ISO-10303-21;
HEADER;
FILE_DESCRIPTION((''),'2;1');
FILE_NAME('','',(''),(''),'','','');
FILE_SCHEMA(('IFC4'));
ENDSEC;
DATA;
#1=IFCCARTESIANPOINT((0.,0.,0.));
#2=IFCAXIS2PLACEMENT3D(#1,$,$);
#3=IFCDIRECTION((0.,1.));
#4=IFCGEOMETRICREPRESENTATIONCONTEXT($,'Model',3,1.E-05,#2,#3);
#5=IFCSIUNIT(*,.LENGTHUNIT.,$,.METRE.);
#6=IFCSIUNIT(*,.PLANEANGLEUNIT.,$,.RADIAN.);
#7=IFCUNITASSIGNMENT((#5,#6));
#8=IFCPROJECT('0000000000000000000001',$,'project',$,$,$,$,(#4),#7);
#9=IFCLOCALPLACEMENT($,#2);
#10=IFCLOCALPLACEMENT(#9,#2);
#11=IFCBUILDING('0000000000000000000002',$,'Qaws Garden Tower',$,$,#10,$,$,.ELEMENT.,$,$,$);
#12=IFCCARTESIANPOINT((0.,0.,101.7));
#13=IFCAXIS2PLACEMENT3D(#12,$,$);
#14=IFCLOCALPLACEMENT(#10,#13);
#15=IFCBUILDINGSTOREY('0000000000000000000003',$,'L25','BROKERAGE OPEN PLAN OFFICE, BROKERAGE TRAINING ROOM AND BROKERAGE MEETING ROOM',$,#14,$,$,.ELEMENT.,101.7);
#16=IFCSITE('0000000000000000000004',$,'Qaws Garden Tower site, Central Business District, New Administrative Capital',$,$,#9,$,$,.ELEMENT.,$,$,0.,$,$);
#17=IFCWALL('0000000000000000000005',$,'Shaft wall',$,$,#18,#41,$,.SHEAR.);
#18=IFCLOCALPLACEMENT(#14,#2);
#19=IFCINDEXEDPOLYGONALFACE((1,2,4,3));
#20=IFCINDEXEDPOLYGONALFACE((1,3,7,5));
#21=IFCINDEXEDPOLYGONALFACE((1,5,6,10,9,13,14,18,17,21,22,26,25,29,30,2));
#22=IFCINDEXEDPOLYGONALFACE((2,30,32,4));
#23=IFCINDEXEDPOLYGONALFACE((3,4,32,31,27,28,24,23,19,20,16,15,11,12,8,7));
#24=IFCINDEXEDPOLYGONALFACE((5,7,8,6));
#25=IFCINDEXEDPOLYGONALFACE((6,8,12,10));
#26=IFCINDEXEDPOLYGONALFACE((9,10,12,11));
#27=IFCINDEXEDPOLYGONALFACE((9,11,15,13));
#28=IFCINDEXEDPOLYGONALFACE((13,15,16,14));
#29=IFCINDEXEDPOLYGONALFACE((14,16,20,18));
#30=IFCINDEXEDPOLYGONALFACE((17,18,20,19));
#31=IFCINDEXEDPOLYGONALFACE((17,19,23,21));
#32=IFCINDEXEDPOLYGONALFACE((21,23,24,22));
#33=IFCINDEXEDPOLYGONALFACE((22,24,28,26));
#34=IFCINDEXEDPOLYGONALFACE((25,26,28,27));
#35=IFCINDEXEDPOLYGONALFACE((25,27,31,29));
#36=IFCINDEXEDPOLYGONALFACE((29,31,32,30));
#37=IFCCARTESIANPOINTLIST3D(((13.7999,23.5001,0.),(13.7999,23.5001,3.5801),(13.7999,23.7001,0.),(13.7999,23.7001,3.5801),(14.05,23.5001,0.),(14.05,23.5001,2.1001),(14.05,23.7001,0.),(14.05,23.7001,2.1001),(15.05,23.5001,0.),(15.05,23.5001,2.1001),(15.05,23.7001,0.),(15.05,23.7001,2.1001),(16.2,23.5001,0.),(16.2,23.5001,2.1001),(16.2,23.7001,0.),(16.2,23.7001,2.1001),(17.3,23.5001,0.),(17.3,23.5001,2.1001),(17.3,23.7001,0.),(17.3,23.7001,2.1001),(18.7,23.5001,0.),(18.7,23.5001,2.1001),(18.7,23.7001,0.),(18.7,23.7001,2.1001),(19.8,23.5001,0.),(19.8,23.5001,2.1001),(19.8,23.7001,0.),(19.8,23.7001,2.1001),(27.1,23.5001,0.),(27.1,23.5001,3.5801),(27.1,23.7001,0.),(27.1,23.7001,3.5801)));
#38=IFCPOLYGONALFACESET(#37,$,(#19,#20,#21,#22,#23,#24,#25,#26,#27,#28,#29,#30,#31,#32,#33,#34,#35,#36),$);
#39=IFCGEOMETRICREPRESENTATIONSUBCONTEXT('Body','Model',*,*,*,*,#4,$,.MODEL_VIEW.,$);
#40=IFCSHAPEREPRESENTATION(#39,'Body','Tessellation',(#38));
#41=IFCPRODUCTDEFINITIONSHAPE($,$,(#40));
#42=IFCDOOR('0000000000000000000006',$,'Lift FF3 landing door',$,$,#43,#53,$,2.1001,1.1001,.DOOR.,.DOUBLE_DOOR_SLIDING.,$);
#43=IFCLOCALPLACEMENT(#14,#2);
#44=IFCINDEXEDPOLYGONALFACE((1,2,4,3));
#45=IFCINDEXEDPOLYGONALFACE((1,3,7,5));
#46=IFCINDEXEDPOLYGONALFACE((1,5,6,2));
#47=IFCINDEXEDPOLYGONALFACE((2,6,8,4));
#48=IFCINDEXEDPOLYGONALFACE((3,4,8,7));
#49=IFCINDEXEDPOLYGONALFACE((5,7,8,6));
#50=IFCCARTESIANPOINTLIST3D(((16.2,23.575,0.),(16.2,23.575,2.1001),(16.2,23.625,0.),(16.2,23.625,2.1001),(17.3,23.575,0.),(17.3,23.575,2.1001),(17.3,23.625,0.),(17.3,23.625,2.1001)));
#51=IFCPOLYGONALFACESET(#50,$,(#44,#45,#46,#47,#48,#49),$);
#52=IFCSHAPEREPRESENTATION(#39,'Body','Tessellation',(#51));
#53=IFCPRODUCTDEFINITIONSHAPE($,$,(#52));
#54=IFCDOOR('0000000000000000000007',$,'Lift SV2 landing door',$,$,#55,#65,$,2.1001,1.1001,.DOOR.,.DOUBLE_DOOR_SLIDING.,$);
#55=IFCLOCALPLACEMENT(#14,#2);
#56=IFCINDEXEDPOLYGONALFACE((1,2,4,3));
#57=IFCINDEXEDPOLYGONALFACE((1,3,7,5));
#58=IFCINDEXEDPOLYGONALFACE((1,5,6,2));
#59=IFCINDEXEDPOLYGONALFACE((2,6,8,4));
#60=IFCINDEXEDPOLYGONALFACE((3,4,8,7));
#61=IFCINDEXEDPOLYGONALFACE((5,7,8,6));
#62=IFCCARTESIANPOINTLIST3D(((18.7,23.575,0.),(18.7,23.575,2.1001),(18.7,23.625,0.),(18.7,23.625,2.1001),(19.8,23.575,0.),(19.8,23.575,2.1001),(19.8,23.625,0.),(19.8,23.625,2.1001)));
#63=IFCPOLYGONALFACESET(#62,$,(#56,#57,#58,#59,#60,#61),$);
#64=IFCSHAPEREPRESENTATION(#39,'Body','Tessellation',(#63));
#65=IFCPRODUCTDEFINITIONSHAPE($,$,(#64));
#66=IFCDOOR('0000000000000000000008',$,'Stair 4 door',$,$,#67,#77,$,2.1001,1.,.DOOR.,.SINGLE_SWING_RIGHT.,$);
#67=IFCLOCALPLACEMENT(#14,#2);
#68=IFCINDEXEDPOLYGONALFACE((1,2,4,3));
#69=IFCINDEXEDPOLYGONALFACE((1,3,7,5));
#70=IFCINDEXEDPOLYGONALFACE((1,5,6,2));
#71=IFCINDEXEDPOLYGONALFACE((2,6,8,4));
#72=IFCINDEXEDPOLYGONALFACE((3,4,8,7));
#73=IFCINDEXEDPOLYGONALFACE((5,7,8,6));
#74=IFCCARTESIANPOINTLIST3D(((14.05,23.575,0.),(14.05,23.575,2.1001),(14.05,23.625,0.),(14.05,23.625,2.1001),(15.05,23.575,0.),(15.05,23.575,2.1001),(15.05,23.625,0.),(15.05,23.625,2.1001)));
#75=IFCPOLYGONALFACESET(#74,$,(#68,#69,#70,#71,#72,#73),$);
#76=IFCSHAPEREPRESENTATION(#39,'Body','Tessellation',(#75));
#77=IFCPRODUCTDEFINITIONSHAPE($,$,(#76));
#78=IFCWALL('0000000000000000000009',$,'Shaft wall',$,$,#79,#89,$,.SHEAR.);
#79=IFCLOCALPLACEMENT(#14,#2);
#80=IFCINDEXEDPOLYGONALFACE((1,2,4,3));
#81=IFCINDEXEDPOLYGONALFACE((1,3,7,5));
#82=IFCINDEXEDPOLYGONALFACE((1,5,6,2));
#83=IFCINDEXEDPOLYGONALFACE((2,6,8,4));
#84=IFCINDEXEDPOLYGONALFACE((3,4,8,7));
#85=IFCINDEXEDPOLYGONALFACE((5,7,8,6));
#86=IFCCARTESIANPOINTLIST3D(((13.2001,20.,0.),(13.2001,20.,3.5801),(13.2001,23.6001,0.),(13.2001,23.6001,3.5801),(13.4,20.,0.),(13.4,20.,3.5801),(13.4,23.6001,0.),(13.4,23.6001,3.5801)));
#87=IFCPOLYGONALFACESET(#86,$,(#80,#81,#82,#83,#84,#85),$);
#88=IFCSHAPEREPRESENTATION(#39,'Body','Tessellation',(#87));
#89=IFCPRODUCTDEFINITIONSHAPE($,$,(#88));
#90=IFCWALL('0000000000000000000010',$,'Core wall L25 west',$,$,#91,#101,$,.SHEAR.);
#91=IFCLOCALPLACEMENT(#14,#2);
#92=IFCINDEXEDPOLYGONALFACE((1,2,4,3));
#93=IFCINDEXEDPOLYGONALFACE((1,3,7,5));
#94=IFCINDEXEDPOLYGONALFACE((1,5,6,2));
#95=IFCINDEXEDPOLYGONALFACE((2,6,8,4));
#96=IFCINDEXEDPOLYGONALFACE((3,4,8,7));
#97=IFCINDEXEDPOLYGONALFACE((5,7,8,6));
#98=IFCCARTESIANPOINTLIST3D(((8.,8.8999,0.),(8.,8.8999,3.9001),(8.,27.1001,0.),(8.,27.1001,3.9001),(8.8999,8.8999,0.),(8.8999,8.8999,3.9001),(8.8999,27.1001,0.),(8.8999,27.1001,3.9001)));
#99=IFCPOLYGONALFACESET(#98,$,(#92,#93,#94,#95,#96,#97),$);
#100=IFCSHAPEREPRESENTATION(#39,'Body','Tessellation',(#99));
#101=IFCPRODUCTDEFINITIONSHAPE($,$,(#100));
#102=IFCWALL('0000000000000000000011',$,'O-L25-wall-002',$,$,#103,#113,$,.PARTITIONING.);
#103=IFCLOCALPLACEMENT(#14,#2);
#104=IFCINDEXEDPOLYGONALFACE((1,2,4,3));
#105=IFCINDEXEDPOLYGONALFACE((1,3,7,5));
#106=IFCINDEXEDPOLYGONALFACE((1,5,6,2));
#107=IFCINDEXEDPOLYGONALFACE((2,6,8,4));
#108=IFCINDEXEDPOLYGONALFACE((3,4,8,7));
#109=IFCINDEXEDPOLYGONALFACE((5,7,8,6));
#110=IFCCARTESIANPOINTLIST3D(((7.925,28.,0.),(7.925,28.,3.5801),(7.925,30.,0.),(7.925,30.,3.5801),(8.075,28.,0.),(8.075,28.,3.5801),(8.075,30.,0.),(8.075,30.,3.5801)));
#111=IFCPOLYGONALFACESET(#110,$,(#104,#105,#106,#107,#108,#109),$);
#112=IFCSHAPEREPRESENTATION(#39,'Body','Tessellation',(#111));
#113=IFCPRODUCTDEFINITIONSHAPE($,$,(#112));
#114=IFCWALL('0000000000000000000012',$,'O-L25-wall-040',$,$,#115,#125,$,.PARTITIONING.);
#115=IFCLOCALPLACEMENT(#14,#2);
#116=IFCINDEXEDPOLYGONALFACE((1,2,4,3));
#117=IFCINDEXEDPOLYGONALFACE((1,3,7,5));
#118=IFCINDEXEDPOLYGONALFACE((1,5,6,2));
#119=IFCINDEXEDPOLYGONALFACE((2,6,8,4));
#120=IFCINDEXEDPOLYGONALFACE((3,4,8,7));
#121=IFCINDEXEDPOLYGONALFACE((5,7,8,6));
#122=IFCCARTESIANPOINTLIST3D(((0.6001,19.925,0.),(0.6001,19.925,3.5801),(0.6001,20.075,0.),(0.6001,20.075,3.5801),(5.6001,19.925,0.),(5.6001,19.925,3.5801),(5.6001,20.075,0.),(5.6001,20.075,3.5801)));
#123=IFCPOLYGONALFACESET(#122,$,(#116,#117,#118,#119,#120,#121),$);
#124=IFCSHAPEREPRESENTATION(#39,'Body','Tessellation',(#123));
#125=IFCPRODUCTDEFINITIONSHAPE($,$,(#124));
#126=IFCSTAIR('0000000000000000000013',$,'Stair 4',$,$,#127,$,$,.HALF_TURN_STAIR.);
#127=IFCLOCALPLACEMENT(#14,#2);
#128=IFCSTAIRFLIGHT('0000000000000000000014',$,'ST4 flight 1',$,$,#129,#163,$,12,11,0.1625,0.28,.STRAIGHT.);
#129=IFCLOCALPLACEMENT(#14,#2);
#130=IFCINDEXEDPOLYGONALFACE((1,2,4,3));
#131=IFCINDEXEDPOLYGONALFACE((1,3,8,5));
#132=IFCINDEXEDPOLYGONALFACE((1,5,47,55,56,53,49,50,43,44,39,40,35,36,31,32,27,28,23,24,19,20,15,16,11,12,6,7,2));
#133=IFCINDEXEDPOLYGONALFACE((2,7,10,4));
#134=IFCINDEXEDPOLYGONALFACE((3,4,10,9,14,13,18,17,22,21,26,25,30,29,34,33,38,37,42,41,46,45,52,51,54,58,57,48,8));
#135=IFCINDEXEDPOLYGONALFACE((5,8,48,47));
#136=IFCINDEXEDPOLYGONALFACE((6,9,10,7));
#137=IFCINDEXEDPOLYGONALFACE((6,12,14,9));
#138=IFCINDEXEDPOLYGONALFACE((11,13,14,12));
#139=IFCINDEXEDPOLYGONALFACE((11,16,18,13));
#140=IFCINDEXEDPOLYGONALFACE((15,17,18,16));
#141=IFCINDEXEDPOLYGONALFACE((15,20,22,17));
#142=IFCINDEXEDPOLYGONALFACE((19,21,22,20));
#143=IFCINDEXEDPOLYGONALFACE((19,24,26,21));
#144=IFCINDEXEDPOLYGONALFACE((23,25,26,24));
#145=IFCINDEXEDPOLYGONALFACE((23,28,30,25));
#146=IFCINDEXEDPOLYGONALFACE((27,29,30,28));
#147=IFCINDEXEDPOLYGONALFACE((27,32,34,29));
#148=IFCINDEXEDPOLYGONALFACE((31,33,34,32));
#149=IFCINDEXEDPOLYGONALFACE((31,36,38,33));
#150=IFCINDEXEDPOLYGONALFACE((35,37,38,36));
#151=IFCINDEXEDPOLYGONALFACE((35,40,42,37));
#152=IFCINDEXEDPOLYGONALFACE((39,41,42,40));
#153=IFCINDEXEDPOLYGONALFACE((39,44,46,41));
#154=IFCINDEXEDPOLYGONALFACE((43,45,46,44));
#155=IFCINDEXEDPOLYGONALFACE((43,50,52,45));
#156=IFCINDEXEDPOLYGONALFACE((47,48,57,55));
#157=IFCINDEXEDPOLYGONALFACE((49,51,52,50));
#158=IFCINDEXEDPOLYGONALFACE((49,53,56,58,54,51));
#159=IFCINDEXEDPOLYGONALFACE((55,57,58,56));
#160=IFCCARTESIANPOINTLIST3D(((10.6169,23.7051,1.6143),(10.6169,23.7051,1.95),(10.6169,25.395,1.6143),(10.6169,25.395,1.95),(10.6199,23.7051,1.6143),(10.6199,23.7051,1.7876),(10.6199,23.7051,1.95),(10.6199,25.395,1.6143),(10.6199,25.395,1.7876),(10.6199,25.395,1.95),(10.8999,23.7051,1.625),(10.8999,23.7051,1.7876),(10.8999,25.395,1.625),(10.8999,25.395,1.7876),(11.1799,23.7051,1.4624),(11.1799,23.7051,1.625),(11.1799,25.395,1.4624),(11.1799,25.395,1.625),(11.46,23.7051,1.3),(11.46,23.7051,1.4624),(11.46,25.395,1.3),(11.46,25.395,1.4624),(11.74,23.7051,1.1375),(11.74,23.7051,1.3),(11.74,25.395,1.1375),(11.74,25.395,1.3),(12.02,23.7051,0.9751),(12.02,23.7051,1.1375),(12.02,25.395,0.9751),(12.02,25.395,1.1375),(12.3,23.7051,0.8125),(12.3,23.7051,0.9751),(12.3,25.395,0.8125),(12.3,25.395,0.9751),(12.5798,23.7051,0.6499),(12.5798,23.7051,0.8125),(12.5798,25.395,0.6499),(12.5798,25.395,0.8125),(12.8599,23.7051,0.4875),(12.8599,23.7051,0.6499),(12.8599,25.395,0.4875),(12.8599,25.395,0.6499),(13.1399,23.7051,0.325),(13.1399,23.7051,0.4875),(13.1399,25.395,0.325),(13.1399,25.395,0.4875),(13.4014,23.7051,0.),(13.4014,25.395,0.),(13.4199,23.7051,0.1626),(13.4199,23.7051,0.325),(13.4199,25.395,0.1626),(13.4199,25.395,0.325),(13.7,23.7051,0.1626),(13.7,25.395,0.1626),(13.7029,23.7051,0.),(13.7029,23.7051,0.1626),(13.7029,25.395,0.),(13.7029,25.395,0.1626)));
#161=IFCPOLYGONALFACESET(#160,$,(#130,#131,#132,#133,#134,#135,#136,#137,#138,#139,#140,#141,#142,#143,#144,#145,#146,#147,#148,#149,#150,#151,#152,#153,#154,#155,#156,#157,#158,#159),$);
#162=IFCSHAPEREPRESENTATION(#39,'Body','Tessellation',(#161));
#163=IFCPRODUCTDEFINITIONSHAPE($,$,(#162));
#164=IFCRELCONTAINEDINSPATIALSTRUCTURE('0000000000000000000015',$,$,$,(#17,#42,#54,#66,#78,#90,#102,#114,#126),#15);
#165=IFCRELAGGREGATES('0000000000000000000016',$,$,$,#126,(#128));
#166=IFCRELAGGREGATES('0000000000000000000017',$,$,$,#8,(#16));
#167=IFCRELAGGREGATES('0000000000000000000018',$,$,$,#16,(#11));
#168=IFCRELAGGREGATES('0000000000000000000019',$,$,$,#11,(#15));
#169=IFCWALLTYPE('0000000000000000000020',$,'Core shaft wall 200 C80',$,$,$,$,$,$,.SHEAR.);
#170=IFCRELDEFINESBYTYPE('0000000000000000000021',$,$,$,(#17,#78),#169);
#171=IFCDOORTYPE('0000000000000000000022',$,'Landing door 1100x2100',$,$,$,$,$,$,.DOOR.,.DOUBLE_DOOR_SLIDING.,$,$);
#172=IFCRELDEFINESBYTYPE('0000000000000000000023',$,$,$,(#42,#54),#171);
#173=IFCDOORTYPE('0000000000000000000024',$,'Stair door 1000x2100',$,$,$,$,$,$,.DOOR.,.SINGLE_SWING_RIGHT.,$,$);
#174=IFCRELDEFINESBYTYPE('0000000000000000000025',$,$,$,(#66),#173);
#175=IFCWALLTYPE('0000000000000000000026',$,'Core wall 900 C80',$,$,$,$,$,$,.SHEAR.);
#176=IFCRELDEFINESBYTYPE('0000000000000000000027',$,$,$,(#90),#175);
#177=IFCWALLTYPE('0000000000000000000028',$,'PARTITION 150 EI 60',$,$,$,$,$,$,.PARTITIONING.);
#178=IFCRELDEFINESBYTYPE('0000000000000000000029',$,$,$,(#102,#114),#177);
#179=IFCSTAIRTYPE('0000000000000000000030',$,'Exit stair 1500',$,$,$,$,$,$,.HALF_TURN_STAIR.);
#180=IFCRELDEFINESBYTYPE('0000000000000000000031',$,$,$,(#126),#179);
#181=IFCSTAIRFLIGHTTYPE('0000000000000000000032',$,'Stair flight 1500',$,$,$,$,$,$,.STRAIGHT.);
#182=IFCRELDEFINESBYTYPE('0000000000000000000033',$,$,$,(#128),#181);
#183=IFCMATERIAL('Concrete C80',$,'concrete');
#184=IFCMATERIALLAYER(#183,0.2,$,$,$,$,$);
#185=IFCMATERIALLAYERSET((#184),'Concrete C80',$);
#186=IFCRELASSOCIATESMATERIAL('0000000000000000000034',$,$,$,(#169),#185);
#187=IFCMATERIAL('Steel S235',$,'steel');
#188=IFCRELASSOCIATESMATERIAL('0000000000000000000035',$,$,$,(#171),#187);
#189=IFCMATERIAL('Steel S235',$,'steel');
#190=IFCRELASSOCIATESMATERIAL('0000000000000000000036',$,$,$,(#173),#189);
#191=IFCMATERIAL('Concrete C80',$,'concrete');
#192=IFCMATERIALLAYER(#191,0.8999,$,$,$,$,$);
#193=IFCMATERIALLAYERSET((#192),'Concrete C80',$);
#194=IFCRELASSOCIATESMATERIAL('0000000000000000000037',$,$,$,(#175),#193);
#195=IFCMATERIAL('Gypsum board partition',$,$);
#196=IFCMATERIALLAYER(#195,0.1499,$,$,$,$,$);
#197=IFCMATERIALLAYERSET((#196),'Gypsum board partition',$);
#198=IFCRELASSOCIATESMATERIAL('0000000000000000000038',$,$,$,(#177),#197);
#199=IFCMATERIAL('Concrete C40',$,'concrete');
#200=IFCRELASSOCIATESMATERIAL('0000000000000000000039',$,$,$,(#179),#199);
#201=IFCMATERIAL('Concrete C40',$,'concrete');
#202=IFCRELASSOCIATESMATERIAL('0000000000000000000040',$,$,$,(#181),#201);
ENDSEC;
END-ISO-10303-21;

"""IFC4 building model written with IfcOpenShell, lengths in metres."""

from ifc_helpers import new_model, si_unit, direction, frame, frame_2d, origin, place, context, subcontext, project, spatial, polyline, rectangle, outline, extrude, material, layer, layer_set, type_object, element, fill, aggregate, save


model = new_model("IFC4")

# Units and contexts
model_context = context("Model", 3, precision=1e-05, world=origin(), true_north=direction((0.0, 1.0)))
body_context = subcontext(model_context, "Body", "Model", "MODEL_VIEW")
ifc_project = project(units=[si_unit("LENGTHUNIT", "METRE"), si_unit("PLANEANGLEUNIT", "RADIAN")], contexts=[model_context])

# Site, building, storey
site_placement = place(None, origin())
site = spatial("IfcSite", under=ifc_project, at=site_placement, Name="Qaws Garden Tower site, Central Business District, New Administrative Capital", CompositionType="ELEMENT", RefElevation=0.0)
building_placement = place(site_placement, origin())
building = spatial("IfcBuilding", under=site, at=building_placement, Name="Qaws Garden Tower", CompositionType="ELEMENT")
storey_placement = place(building_placement, frame((0.0, 0.0, 101.7)))
storey = spatial("IfcBuildingStorey", under=building, at=storey_placement, Name="L25", Description="BROKERAGE OPEN PLAN OFFICE, BROKERAGE TRAINING ROOM AND BROKERAGE MEETING ROOM", CompositionType="ELEMENT", Elevation=101.7)

# Shared definitions
ifc_material_1 = material(Name="Concrete C80", Category="concrete")
ifc_layer_1 = layer(ifc_material_1, 0.2)
ifc_layer_set_1 = layer_set([ifc_layer_1], Name="Concrete C80")
wall_type_1 = type_object("IfcWallType", Name="Core shaft wall 200 C80", PredefinedType="SHEAR", material=ifc_layer_set_1)

# Wall, openings, doors
wall_1_placement = place(storey_placement, frame((13.8, 23.6001, 0.0), z_axis=(0.0, 0.0, 1.0), x_axis=(1.0, 0.0, 0.0)))
wall_1 = element("IfcWall", 1, at=wall_1_placement, inside=storey, type_object=wall_type_1, Name="Shaft wall", PredefinedType="SHEAR", context=body_context, shape_type="SweptSolid", body=[
    extrude(rectangle(XDim=13.3, YDim=0.2, at=frame_2d((6.6499, 0.0))), origin(), (0.0, 0.0, 1.0), 3.5801),
])
opening_1_placement = place(wall_1_placement, frame((2.3999, 0.0, 0.0)))
opening_1 = element("IfcOpeningElement", 2, at=opening_1_placement, cuts=wall_1, PredefinedType="OPENING", context=body_context, shape_type="SweptSolid", body=[
    extrude(rectangle(XDim=1.1001, YDim=2.1001, at=frame_2d((0.55, 1.05))), frame((0.0, 0.1099, 0.0), z_axis=(0.0, -1.0, 0.0), x_axis=(1.0, 0.0, 0.0)), (0.0, 0.0, 1.0), 0.22),
])
opening_2_placement = place(wall_1_placement, frame((4.8999, 0.0, 0.0)))
opening_2 = element("IfcOpeningElement", 3, at=opening_2_placement, cuts=wall_1, PredefinedType="OPENING", context=body_context, shape_type="SweptSolid", body=[
    extrude(rectangle(XDim=1.1001, YDim=2.1001, at=frame_2d((0.55, 1.05))), frame((0.0, 0.1099, 0.0), z_axis=(0.0, -1.0, 0.0), x_axis=(1.0, 0.0, 0.0)), (0.0, 0.0, 1.0), 0.22),
])
opening_3_placement = place(wall_1_placement, frame((0.25, 0.0, 0.0)))
opening_3 = element("IfcOpeningElement", 4, at=opening_3_placement, cuts=wall_1, PredefinedType="OPENING", context=body_context, shape_type="SweptSolid", body=[
    extrude(rectangle(XDim=1.0, YDim=2.1001, at=frame_2d((0.5, 1.05))), frame((0.0, 0.1099, 0.0), z_axis=(0.0, -1.0, 0.0), x_axis=(1.0, 0.0, 0.0)), (0.0, 0.0, 1.0), 0.22),
])
ifc_material_2 = material(Name="Steel S235", Category="steel")
door_type_1 = type_object("IfcDoorType", Name="Landing door 1100x2100", OperationType="DOUBLE_DOOR_SLIDING", PredefinedType="DOOR", material=ifc_material_2)
door_1_placement = place(opening_1_placement, origin())
door_1 = element("IfcDoor", 5, at=door_1_placement, inside=storey, type_object=door_type_1, Name="Lift FF3 landing door", OperationType="DOUBLE_DOOR_SLIDING", OverallHeight=2.1001, OverallWidth=1.1001, PredefinedType="DOOR", context=body_context, shape_type="SweptSolid", body=[
    extrude(rectangle(XDim=1.1001, YDim=2.1001, at=frame_2d((0.55, 1.05))), frame((0.0, 0.0249, 0.0), z_axis=(0.0, -1.0, 0.0), x_axis=(1.0, 0.0, 0.0)), (0.0, 0.0, 1.0), 0.05),
])
fill(opening_1, door_1)
door_2_placement = place(opening_2_placement, origin())
door_2 = element("IfcDoor", 6, at=door_2_placement, inside=storey, type_object=door_type_1, Name="Lift SV2 landing door", OperationType="DOUBLE_DOOR_SLIDING", OverallHeight=2.1001, OverallWidth=1.1001, PredefinedType="DOOR", context=body_context, shape_type="SweptSolid", body=[
    extrude(rectangle(XDim=1.1001, YDim=2.1001, at=frame_2d((0.55, 1.05))), frame((0.0, 0.0249, 0.0), z_axis=(0.0, -1.0, 0.0), x_axis=(1.0, 0.0, 0.0)), (0.0, 0.0, 1.0), 0.05),
])
fill(opening_2, door_2)
ifc_material_3 = material(Name="Steel S235", Category="steel")
door_type_2 = type_object("IfcDoorType", Name="Stair door 1000x2100", OperationType="SINGLE_SWING_RIGHT", PredefinedType="DOOR", material=ifc_material_3)
door_3_placement = place(opening_3_placement, origin())
door_3 = element("IfcDoor", 7, at=door_3_placement, inside=storey, type_object=door_type_2, Name="Stair 4 door", OperationType="SINGLE_SWING_RIGHT", OverallHeight=2.1001, OverallWidth=1.0, PredefinedType="DOOR", context=body_context, shape_type="SweptSolid", body=[
    extrude(rectangle(XDim=1.0, YDim=2.1001, at=frame_2d((0.5, 1.05))), frame((0.0, 0.0249, 0.0), z_axis=(0.0, -1.0, 0.0), x_axis=(1.0, 0.0, 0.0)), (0.0, 0.0, 1.0), 0.05),
])
fill(opening_3, door_3)

# Walls
wall_2_placement = place(storey_placement, frame((13.3, 20.0, 0.0), z_axis=(0.0, 0.0, 1.0), x_axis=(0.0, 1.0, 0.0)))
element("IfcWall", 8, at=wall_2_placement, inside=storey, type_object=wall_type_1, Name="Shaft wall", PredefinedType="SHEAR", context=body_context, shape_type="SweptSolid", body=[
    extrude(rectangle(XDim=3.6001, YDim=0.2, at=frame_2d((1.8, 0.0))), origin(), (0.0, 0.0, 1.0), 3.5801),
])
ifc_material_4 = material(Name="Concrete C80", Category="concrete")
ifc_layer_2 = layer(ifc_material_4, 0.8999)
ifc_layer_set_2 = layer_set([ifc_layer_2], Name="Concrete C80")
wall_type_2 = type_object("IfcWallType", Name="Core wall 900 C80", PredefinedType="SHEAR", material=ifc_layer_set_2)
wall_3_placement = place(storey_placement, frame((8.45, 27.1001, 0.0), z_axis=(0.0, 0.0, 1.0), x_axis=(0.0, -1.0, 0.0)))
element("IfcWall", 9, at=wall_3_placement, inside=storey, type_object=wall_type_2, Name="Core wall L25 west", PredefinedType="SHEAR", context=body_context, shape_type="SweptSolid", body=[
    extrude(rectangle(XDim=18.2002, YDim=0.8999, at=frame_2d((9.1001, 0.0))), origin(), (0.0, 0.0, 1.0), 3.9001),
])
ifc_material_5 = material(Name="Gypsum board partition")
ifc_layer_3 = layer(ifc_material_5, 0.1499)
ifc_layer_set_3 = layer_set([ifc_layer_3], Name="Gypsum board partition")
wall_type_3 = type_object("IfcWallType", Name="PARTITION 150 EI 60", PredefinedType="PARTITIONING", material=ifc_layer_set_3)
wall_4_placement = place(storey_placement, frame((8.0, 28.0, 0.0), z_axis=(0.0, 0.0, 1.0), x_axis=(0.0, 1.0, 0.0)))
element("IfcWall", 10, at=wall_4_placement, inside=storey, type_object=wall_type_3, Name="O-L25-wall-002", PredefinedType="PARTITIONING", context=body_context, shape_type="SweptSolid", body=[
    extrude(rectangle(XDim=2.0, YDim=0.1499, at=frame_2d((1.0, 0.0))), origin(), (0.0, 0.0, 1.0), 3.5801),
])
wall_5_placement = place(storey_placement, frame((0.6001, 20.0, 0.0), z_axis=(0.0, 0.0, 1.0), x_axis=(1.0, 0.0, 0.0)))
element("IfcWall", 11, at=wall_5_placement, inside=storey, type_object=wall_type_3, Name="O-L25-wall-040", PredefinedType="PARTITIONING", context=body_context, shape_type="SweptSolid", body=[
    extrude(rectangle(XDim=5.0, YDim=0.1499, at=frame_2d((2.5, 0.0))), origin(), (0.0, 0.0, 1.0), 3.5801),
])

# Stair, stair flight
ifc_material_6 = material(Name="Concrete C40", Category="concrete")
stair_type = type_object("IfcStairType", Name="Exit stair 1500", PredefinedType="HALF_TURN_STAIR", material=ifc_material_6)
stair_placement = place(storey_placement, origin())
stair = element("IfcStair", 12, at=stair_placement, inside=storey, type_object=stair_type, Name="Stair 4", PredefinedType="HALF_TURN_STAIR")
ifc_material_7 = material(Name="Concrete C40", Category="concrete")
stair_flight_type = type_object("IfcStairFlightType", Name="Stair flight 1500", PredefinedType="STRAIGHT", material=ifc_material_7)
stair_flight_1_placement = place(storey_placement, frame((13.7, 24.55, 0.0), z_axis=(0.0, 0.0, 1.0), x_axis=(-1.0, 0.0, 0.0)))
stair_flight_1 = element("IfcStairFlight", 13, at=stair_flight_1_placement, type_object=stair_flight_type, Name="ST4 flight 1", NumberOfRisers=12, NumberOfTreads=11, PredefinedType="STRAIGHT", RiserHeight=0.1625, TreadLength=0.28, context=body_context, shape_type="SweptSolid", body=[
    extrude(outline(polyline([(-0.0029, 0.0), (-0.0029, 0.1626), (0.0, 0.1626), (0.28, 0.1626), (0.28, 0.325), (0.5601, 0.325), (0.5601, 0.4875), (0.8401, 0.4875), (0.8401, 0.6499), (1.1201, 0.6499), (1.1201, 0.8125), (1.3999, 0.8125), (1.3999, 0.9751), (1.6799, 0.9751), (1.6799, 1.1375), (1.96, 1.1375), (1.96, 1.3), (2.24, 1.3), (2.24, 1.4624), (2.52, 1.4624), (2.52, 1.625), (2.8, 1.625), (2.8, 1.7876), (3.0801, 1.7876), (3.0801, 1.95), (3.083, 1.95), (3.083, 1.6143), (3.0801, 1.6143), (0.2986, 0.0), (-0.0029, 0.0)])), frame((0.0, 0.845, 0.0), z_axis=(0.0, -1.0, 0.0), x_axis=(1.0, 0.0, 0.0)), (0.0, 0.0, 1.0), 1.6899),
])
aggregate(stair, [stair_flight_1])

save(model, "model.ifc")
